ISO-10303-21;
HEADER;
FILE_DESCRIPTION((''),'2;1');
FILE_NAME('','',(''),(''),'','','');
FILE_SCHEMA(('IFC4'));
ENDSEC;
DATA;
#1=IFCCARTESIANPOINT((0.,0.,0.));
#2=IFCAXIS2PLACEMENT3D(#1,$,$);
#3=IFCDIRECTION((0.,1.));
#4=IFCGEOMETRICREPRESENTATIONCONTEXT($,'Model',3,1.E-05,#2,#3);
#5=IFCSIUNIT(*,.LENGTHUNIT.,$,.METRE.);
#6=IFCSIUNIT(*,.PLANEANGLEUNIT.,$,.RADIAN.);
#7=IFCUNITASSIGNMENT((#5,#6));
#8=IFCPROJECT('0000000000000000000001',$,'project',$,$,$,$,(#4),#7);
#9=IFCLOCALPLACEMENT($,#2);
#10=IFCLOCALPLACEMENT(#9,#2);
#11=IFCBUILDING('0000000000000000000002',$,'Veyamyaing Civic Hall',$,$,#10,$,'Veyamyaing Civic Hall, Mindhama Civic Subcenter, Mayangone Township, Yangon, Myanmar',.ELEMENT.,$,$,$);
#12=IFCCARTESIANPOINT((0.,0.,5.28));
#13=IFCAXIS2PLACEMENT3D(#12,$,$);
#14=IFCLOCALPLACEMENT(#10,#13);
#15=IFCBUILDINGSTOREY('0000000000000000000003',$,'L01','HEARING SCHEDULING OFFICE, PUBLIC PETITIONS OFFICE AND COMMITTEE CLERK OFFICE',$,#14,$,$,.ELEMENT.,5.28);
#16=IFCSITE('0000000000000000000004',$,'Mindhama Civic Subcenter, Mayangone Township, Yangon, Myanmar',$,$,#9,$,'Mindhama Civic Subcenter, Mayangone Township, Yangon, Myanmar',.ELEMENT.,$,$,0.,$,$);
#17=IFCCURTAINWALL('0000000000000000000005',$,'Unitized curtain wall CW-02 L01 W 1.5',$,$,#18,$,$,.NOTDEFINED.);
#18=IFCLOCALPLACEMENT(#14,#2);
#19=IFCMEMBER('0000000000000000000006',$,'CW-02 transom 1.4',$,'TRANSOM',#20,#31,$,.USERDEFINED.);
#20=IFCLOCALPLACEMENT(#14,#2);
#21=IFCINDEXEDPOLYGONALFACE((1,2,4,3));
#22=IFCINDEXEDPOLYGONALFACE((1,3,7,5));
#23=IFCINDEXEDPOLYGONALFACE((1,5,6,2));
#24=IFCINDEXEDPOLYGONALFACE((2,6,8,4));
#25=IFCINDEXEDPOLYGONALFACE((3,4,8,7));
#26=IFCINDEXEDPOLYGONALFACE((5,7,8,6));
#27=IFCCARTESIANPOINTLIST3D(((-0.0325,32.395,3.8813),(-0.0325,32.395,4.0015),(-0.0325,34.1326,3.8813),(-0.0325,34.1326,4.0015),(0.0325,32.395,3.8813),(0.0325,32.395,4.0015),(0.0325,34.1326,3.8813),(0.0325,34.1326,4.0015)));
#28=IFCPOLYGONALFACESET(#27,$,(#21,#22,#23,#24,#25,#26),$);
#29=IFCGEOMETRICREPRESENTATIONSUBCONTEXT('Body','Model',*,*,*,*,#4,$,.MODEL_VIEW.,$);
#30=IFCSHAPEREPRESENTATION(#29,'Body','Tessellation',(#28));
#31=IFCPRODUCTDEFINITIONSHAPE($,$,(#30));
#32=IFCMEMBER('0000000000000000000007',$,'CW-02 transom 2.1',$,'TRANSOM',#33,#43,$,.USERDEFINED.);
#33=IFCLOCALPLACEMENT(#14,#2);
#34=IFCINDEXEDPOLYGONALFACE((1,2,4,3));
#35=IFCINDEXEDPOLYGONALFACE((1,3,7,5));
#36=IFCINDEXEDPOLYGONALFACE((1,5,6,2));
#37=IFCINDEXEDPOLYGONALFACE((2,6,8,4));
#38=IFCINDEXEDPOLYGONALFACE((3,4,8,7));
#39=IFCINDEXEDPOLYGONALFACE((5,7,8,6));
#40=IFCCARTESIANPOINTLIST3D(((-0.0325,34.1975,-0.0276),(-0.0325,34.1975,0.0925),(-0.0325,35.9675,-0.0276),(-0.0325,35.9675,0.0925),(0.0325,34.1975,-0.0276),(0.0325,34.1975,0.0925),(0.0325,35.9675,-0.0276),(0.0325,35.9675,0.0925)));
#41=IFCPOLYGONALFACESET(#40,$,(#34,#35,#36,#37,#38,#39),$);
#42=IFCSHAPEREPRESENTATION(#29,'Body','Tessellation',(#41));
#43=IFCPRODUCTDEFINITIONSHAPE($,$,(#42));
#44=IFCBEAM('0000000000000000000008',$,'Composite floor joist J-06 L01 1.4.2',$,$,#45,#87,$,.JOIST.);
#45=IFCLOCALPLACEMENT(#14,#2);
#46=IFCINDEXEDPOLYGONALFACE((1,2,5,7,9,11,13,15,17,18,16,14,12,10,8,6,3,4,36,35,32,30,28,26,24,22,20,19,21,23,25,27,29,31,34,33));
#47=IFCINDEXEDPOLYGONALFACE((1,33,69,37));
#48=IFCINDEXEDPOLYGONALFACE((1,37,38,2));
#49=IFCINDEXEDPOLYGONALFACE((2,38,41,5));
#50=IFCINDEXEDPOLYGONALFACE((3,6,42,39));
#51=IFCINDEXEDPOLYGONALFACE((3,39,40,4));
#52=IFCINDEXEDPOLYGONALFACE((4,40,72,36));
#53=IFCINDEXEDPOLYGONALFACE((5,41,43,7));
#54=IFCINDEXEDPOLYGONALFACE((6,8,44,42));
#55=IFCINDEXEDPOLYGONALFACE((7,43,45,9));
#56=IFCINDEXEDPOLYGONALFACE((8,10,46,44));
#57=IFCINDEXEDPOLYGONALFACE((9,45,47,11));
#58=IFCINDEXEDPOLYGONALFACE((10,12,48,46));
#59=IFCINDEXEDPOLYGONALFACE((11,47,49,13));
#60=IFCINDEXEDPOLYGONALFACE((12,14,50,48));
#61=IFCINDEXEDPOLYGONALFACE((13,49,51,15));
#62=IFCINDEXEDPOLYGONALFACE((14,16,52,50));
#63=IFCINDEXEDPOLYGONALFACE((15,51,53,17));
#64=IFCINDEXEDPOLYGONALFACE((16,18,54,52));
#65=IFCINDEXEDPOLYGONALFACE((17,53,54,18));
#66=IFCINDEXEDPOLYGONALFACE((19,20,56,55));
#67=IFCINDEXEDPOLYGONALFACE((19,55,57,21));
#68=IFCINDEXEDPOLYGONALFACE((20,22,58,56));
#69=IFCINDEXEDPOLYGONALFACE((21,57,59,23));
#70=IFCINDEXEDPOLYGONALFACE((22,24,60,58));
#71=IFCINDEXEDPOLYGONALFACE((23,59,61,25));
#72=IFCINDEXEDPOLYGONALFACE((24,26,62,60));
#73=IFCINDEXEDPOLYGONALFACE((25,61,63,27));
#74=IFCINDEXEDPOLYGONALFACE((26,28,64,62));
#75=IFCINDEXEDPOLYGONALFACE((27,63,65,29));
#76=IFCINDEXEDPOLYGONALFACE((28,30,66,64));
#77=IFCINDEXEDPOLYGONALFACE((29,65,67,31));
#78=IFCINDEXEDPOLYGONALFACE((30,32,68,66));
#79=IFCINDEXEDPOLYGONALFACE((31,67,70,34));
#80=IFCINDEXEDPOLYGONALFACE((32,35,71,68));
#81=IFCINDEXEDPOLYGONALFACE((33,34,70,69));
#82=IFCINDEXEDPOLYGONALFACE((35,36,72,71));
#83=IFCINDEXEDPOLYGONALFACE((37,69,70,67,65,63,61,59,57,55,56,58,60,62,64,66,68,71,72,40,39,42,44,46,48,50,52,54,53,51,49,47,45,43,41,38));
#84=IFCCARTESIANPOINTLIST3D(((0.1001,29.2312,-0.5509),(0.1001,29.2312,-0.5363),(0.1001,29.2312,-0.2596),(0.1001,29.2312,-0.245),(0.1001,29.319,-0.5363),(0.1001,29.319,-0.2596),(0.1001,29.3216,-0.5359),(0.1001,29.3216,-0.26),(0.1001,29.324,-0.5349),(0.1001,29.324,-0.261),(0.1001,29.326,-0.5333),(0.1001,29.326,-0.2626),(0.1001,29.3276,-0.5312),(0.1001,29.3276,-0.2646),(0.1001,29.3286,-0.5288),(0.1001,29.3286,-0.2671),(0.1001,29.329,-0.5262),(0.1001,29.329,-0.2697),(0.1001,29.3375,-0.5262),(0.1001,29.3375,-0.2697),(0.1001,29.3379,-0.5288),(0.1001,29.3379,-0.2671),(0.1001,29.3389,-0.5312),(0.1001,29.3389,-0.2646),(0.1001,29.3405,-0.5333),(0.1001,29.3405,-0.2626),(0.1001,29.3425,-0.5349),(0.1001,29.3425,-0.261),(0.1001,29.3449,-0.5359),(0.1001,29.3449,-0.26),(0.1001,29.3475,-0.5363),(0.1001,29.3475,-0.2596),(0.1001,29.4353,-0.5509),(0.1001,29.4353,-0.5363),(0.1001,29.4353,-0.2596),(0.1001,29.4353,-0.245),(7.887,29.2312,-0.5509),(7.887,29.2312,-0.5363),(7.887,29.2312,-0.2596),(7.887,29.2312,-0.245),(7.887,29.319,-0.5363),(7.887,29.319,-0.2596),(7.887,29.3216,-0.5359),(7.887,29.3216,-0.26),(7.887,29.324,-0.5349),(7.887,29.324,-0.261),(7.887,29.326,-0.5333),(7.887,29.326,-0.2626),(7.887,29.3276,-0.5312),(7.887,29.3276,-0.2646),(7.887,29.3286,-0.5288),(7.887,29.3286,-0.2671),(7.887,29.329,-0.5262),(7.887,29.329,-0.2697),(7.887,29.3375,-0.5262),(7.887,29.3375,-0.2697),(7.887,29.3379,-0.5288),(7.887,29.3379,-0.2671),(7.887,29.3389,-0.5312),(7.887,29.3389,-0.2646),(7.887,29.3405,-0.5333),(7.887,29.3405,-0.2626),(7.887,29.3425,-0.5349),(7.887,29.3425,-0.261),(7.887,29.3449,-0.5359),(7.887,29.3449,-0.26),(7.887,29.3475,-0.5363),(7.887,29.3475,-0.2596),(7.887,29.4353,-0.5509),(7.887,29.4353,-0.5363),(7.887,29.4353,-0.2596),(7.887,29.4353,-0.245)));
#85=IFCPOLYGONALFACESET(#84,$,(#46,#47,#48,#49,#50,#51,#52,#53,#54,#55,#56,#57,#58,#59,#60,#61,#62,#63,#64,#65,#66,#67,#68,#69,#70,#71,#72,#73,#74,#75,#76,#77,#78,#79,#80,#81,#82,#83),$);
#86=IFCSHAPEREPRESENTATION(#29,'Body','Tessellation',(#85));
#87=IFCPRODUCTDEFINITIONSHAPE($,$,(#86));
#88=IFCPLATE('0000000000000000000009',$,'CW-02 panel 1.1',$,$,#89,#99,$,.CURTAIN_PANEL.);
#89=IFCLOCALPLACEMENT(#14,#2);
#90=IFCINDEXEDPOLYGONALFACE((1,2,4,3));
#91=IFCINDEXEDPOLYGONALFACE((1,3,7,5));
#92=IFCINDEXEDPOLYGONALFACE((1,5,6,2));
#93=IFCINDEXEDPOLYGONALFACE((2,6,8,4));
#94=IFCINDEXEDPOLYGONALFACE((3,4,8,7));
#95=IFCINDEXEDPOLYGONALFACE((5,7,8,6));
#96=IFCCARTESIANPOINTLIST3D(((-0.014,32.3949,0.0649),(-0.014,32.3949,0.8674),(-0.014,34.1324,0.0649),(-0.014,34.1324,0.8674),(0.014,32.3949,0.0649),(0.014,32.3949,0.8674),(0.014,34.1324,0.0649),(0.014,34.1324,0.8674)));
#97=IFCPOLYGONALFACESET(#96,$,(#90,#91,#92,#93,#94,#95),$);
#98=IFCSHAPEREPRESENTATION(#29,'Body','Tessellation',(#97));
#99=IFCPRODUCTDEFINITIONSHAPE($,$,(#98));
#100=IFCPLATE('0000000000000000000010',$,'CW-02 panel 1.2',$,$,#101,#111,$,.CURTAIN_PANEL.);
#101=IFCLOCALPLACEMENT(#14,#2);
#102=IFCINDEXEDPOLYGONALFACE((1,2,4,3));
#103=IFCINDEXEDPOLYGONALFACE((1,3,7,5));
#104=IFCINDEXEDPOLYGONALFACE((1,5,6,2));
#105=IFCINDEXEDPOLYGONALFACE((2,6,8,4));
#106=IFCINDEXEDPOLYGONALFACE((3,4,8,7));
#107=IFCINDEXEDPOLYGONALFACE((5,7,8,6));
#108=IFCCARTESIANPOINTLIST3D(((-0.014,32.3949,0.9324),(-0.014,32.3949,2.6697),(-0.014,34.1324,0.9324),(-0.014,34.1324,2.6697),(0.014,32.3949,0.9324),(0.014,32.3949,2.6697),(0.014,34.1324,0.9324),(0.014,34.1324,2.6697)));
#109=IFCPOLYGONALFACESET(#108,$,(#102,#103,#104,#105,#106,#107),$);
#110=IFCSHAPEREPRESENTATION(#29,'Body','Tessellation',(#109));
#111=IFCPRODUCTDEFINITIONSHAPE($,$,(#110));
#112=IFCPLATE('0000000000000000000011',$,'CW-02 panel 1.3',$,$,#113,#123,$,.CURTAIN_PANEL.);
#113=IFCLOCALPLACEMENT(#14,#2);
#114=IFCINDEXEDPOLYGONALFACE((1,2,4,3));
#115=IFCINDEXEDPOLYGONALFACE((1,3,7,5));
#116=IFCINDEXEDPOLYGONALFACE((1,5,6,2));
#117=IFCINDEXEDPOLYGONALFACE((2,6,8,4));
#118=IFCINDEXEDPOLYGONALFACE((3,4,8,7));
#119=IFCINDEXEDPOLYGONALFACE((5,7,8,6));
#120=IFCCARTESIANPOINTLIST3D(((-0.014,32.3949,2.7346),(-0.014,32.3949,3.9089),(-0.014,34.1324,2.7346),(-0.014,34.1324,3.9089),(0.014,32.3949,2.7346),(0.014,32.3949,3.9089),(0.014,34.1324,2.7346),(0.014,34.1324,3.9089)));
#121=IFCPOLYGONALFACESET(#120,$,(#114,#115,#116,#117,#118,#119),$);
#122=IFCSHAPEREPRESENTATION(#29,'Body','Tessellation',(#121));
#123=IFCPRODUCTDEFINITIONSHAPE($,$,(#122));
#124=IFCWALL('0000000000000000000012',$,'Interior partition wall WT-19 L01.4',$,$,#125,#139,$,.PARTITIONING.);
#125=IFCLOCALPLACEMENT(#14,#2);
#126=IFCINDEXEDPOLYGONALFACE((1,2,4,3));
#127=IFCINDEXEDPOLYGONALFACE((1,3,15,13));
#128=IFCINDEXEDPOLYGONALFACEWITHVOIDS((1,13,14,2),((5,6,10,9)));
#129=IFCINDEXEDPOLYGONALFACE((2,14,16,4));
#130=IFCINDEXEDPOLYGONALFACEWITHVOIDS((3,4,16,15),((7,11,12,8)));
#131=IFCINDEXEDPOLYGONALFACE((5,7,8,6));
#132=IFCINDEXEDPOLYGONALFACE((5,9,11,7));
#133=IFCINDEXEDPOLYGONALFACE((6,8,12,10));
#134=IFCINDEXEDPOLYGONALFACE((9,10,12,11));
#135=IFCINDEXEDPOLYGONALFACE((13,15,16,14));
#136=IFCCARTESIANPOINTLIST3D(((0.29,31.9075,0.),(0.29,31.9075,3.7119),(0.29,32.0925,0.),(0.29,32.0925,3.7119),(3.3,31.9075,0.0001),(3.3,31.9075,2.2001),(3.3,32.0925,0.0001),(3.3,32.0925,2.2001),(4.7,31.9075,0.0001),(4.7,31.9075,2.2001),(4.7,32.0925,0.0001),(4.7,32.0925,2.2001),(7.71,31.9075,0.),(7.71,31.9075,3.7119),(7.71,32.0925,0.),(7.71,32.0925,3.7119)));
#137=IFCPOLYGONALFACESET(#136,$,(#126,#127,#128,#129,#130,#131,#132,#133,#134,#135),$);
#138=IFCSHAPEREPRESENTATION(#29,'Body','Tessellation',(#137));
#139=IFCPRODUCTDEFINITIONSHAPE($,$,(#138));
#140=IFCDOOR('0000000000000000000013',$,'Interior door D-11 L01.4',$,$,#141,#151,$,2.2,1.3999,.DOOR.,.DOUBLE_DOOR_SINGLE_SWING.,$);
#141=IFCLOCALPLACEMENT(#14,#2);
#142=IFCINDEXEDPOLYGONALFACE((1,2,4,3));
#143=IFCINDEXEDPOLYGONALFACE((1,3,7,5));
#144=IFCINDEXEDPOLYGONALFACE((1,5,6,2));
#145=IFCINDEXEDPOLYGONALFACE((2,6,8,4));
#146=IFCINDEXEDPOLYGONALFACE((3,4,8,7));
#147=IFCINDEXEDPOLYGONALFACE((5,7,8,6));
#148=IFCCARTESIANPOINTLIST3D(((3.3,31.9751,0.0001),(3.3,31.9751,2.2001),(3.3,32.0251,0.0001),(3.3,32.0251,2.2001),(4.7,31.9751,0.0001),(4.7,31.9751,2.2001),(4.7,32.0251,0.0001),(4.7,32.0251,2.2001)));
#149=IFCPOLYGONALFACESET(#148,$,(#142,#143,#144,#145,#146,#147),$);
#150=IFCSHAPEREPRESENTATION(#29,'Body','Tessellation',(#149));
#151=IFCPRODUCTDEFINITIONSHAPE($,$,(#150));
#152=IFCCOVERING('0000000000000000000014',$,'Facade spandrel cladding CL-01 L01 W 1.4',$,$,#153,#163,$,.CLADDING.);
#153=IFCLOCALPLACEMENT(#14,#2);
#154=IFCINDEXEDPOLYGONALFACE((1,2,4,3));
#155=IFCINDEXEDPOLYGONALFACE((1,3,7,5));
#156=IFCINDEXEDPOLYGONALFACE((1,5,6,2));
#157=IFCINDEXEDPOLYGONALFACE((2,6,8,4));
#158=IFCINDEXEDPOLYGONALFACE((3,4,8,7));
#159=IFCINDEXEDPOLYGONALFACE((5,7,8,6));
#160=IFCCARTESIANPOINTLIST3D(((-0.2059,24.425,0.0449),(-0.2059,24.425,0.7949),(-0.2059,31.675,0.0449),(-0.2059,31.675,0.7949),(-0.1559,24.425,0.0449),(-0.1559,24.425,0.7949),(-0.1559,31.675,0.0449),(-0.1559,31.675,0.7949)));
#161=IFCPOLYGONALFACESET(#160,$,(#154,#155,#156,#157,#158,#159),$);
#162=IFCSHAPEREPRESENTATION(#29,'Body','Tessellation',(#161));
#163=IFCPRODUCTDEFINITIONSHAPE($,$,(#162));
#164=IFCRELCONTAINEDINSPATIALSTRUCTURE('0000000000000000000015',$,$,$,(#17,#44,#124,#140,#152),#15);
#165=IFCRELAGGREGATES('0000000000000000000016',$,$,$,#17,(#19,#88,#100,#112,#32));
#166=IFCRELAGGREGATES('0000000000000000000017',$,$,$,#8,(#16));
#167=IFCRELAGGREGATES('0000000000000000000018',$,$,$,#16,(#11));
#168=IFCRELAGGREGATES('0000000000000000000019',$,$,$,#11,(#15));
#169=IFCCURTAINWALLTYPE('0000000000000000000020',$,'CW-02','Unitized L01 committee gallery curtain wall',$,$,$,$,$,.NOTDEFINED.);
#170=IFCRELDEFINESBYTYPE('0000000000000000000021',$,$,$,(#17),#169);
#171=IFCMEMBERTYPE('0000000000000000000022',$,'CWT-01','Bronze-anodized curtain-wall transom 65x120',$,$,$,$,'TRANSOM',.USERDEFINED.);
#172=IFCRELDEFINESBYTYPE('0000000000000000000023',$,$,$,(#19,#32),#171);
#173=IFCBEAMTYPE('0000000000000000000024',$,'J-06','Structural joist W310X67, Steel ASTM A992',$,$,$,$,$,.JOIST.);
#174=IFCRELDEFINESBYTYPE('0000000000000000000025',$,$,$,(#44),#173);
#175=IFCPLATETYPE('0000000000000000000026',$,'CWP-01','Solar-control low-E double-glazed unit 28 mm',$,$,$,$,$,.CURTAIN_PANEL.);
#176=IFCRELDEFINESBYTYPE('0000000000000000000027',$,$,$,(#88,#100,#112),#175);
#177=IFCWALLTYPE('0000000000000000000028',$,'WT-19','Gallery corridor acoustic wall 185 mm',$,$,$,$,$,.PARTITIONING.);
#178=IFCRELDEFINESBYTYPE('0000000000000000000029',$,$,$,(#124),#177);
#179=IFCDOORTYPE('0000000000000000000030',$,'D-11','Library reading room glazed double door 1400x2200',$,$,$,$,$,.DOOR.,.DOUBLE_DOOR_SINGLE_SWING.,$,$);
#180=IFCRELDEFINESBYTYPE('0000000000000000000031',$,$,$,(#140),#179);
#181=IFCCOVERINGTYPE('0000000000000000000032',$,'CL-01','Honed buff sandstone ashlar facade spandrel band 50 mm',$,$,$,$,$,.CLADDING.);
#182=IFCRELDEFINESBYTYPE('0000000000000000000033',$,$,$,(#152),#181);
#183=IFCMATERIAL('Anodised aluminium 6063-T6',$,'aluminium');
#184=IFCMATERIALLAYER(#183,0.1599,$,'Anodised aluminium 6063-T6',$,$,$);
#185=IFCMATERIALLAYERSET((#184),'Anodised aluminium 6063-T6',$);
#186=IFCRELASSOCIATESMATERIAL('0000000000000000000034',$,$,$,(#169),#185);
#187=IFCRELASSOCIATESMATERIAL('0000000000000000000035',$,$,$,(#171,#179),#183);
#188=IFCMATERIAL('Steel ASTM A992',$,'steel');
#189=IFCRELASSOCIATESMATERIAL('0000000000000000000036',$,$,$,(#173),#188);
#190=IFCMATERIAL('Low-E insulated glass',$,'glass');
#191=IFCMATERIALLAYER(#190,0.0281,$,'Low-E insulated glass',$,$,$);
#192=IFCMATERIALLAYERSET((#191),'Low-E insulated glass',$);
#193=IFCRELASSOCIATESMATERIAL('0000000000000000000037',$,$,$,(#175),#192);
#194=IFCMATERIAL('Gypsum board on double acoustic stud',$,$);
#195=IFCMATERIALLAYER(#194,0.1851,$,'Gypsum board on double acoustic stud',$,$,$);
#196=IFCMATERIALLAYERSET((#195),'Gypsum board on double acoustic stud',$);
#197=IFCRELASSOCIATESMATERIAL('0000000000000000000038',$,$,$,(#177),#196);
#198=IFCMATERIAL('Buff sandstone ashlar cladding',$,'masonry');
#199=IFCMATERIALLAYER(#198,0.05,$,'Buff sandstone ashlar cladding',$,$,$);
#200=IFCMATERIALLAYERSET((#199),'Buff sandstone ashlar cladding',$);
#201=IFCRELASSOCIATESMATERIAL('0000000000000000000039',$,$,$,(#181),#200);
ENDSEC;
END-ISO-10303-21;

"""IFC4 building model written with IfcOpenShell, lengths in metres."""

from ifc_helpers import new_model, si_unit, direction, frame, frame_2d, origin, origin_2d, place, context, subcontext, project, spatial, rectangle, i_section, extrude, material, layer, layer_set, material_profile, profile_set, type_object, element, fill, aggregate, save


model = new_model("IFC4")

# Units and contexts
model_context = context("Model", 3, precision=1e-05, world=origin(), true_north=direction((0.0, 1.0)))
body_context = subcontext(model_context, "Body", "Model", "MODEL_VIEW")
ifc_project = project(units=[si_unit("LENGTHUNIT", "METRE"), si_unit("PLANEANGLEUNIT", "RADIAN")], contexts=[model_context])

# Site, building, storey
site_placement = place(None, origin())
site = spatial("IfcSite", under=ifc_project, at=site_placement, Name="Mindhama Civic Subcenter, Mayangone Township, Yangon, Myanmar", LongName="Mindhama Civic Subcenter, Mayangone Township, Yangon, Myanmar", CompositionType="ELEMENT", RefElevation=0.0)
building_placement = place(site_placement, origin())
building = spatial("IfcBuilding", under=site, at=building_placement, Name="Veyamyaing Civic Hall", LongName="Veyamyaing Civic Hall, Mindhama Civic Subcenter, Mayangone Township, Yangon, Myanmar", CompositionType="ELEMENT")
storey_placement = place(building_placement, frame((0.0, 0.0, 5.28)))
storey = spatial("IfcBuildingStorey", under=building, at=storey_placement, Name="L01", Description="HEARING SCHEDULING OFFICE, PUBLIC PETITIONS OFFICE AND COMMITTEE CLERK OFFICE", CompositionType="ELEMENT", Elevation=5.28)

# Shared definitions
ifc_material_1 = material(Name="Steel ASTM A992", Category="steel")

# Curtain wall, members
ifc_material_2 = material(Name="Anodised aluminium 6063-T6", Category="aluminium")
ifc_layer_1 = layer(ifc_material_2, 0.1599, Name="Anodised aluminium 6063-T6")
ifc_layer_set_1 = layer_set([ifc_layer_1], Name="Anodised aluminium 6063-T6")
curtain_wall_type = type_object("IfcCurtainWallType", Name="CW-02", Description="Unitized L01 committee gallery curtain wall", PredefinedType="NOTDEFINED", material=ifc_layer_set_1)
curtain_wall_placement = place(storey_placement, origin())
curtain_wall = element("IfcCurtainWall", 1, at=curtain_wall_placement, inside=storey, type_object=curtain_wall_type, Name="Unitized curtain wall CW-02 L01 W 1.5", PredefinedType="NOTDEFINED")
ifc_material_profile_1 = material_profile(ifc_material_2, rectangle(XDim=0.0649, YDim=0.1201, at=origin_2d()), Name="ALU-TRN-65X120")
ifc_profile_set_1 = profile_set([ifc_material_profile_1], Name="Anodised aluminium 6063-T6")
member_type_1 = type_object("IfcMemberType", Name="CWT-01", Description="Bronze-anodized curtain-wall transom 65x120", ElementType="TRANSOM", PredefinedType="USERDEFINED", material=ifc_profile_set_1)
member_1_placement = place(storey_placement, frame((0.0, 32.395, 3.9414), z_axis=(0.0, 1.0, 0.0), x_axis=(-1.0, 0.0, 0.0)))
member_1 = element("IfcMember", 2, at=member_1_placement, type_object=member_type_1, Name="CW-02 transom 1.4", ObjectType="TRANSOM", PredefinedType="USERDEFINED", context=body_context, shape_type="SweptSolid", body=[
    extrude(rectangle(XDim=0.0649, YDim=0.1201, at=origin_2d()), origin(), (0.0, 0.0, 1.0), 1.7375),
])
member_2_placement = place(storey_placement, frame((0.0, 34.1975, 0.0325), z_axis=(0.0, 1.0, 0.0), x_axis=(-1.0, 0.0, 0.0)))
member_2 = element("IfcMember", 3, at=member_2_placement, type_object=member_type_1, Name="CW-02 transom 2.1", ObjectType="TRANSOM", PredefinedType="USERDEFINED", context=body_context, shape_type="SweptSolid", body=[
    extrude(rectangle(XDim=0.0649, YDim=0.1201, at=origin_2d()), origin(), (0.0, 0.0, 1.0), 1.77),
])

# Beam
ifc_material_profile_2 = material_profile(ifc_material_1, i_section(OverallWidth=0.2041, OverallDepth=0.3059, WebThickness=0.0085, FlangeThickness=0.0146, FilletRadius=0.01, at=origin_2d()), Name="W310X67")
ifc_profile_set_2 = profile_set([ifc_material_profile_2], Name="Steel ASTM A992")
beam_type_1 = type_object("IfcBeamType", Name="J-06", Description="Structural joist W310X67, Steel ASTM A992", PredefinedType="JOIST", material=ifc_profile_set_2)
beam_1_placement = place(storey_placement, frame((0.1001, 29.3333, -0.3979), z_axis=(1.0, 0.0, 0.0), x_axis=(0.0, 1.0, 0.0)))
element("IfcBeam", 4, at=beam_1_placement, inside=storey, type_object=beam_type_1, Name="Composite floor joist J-06 L01 1.4.2", PredefinedType="JOIST", context=body_context, shape_type="SweptSolid", body=[
    extrude(i_section(OverallWidth=0.2041, OverallDepth=0.3059, WebThickness=0.0085, FlangeThickness=0.0146, FilletRadius=0.01, at=origin_2d()), origin(), (0.0, 0.0, 1.0), 7.7869),
])

# Plates
ifc_material_3 = material(Name="Low-E insulated glass", Category="glass")
ifc_layer_2 = layer(ifc_material_3, 0.0281, Name="Low-E insulated glass")
ifc_layer_set_2 = layer_set([ifc_layer_2], Name="Low-E insulated glass")
plate_type = type_object("IfcPlateType", Name="CWP-01", Description="Solar-control low-E double-glazed unit 28 mm", PredefinedType="CURTAIN_PANEL", material=ifc_layer_set_2)
plate_1_placement = place(storey_placement, frame((0.0, 33.2637, 0.0649), z_axis=(0.0, 0.0, 1.0), x_axis=(0.0, 1.0, 0.0)))
plate_1 = element("IfcPlate", 5, at=plate_1_placement, type_object=plate_type, Name="CW-02 panel 1.1", PredefinedType="CURTAIN_PANEL", context=body_context, shape_type="SweptSolid", body=[
    extrude(rectangle(XDim=1.7375, YDim=0.0281, at=origin_2d()), origin(), (0.0, 0.0, 1.0), 0.8025),
])
plate_2_placement = place(storey_placement, frame((0.0, 33.2637, 0.9324), z_axis=(0.0, 0.0, 1.0), x_axis=(0.0, 1.0, 0.0)))
plate_2 = element("IfcPlate", 6, at=plate_2_placement, type_object=plate_type, Name="CW-02 panel 1.2", PredefinedType="CURTAIN_PANEL", context=body_context, shape_type="SweptSolid", body=[
    extrude(rectangle(XDim=1.7375, YDim=0.0281, at=origin_2d()), origin(), (0.0, 0.0, 1.0), 1.7373),
])
plate_3_placement = place(storey_placement, frame((0.0, 33.2637, 2.7346), z_axis=(0.0, 0.0, 1.0), x_axis=(0.0, 1.0, 0.0)))
plate_3 = element("IfcPlate", 7, at=plate_3_placement, type_object=plate_type, Name="CW-02 panel 1.3", PredefinedType="CURTAIN_PANEL", context=body_context, shape_type="SweptSolid", body=[
    extrude(rectangle(XDim=1.7375, YDim=0.0281, at=origin_2d()), origin(), (0.0, 0.0, 1.0), 1.1743),
])
aggregate(curtain_wall, [member_1, plate_1, plate_2, plate_3, member_2])

# Wall, opening, door
ifc_material_4 = material(Name="Gypsum board on double acoustic stud")
ifc_layer_3 = layer(ifc_material_4, 0.1851, Name="Gypsum board on double acoustic stud")
ifc_layer_set_3 = layer_set([ifc_layer_3], Name="Gypsum board on double acoustic stud")
wall_type = type_object("IfcWallType", Name="WT-19", Description="Gallery corridor acoustic wall 185 mm", PredefinedType="PARTITIONING", material=ifc_layer_set_3)
wall_placement = place(storey_placement, frame((0.29, 32.0, 0.0), z_axis=(0.0, 0.0, 1.0), x_axis=(1.0, 0.0, 0.0)))
wall = element("IfcWall", 8, at=wall_placement, inside=storey, type_object=wall_type, Name="Interior partition wall WT-19 L01.4", PredefinedType="PARTITIONING", context=body_context, shape_type="SweptSolid", body=[
    extrude(rectangle(XDim=7.4199, YDim=0.1851, at=frame_2d((3.71, 0.0))), origin(), (0.0, 0.0, 1.0), 3.7119),
])
opening_placement = place(wall_placement, frame((3.01, 0.0, 0.0)))
opening = element("IfcOpeningElement", 9, at=opening_placement, cuts=wall, PredefinedType="OPENING", context=body_context, shape_type="SweptSolid", body=[
    extrude(rectangle(XDim=1.3999, YDim=2.2, at=frame_2d((0.7, 1.1001))), frame((0.0, 0.1025, 0.0), z_axis=(0.0, -1.0, 0.0), x_axis=(1.0, 0.0, 0.0)), (0.0, 0.0, 1.0), 0.2051),
])
door_type = type_object("IfcDoorType", Name="D-11", Description="Library reading room glazed double door 1400x2200", OperationType="DOUBLE_DOOR_SINGLE_SWING", PredefinedType="DOOR", material=ifc_material_2)
door_placement = place(opening_placement, frame((1.3999, 0.0, 0.0), z_axis=(0.0, 0.0, 1.0), x_axis=(-1.0, 0.0, 0.0)))
door = element("IfcDoor", 10, at=door_placement, inside=storey, type_object=door_type, Name="Interior door D-11 L01.4", OperationType="DOUBLE_DOOR_SINGLE_SWING", OverallHeight=2.2, OverallWidth=1.3999, PredefinedType="DOOR", context=body_context, shape_type="SweptSolid", body=[
    extrude(rectangle(XDim=1.3999, YDim=2.2, at=frame_2d((0.7, 1.1001))), frame((0.0, 0.0249, 0.0), z_axis=(0.0, -1.0, 0.0), x_axis=(1.0, 0.0, 0.0)), (0.0, 0.0, 1.0), 0.05),
])
fill(opening, door)

# Covering
ifc_material_5 = material(Name="Buff sandstone ashlar cladding", Category="masonry")
ifc_layer_4 = layer(ifc_material_5, 0.05, Name="Buff sandstone ashlar cladding")
ifc_layer_set_4 = layer_set([ifc_layer_4], Name="Buff sandstone ashlar cladding")
covering_type = type_object("IfcCoveringType", Name="CL-01", Description="Honed buff sandstone ashlar facade spandrel band 50 mm", PredefinedType="CLADDING", material=ifc_layer_set_4)
covering_placement = place(storey_placement, frame((-0.1809, 28.05, 0.0449), z_axis=(0.0, 0.0, 1.0), x_axis=(0.0, 1.0, 0.0)))
element("IfcCovering", 11, at=covering_placement, inside=storey, type_object=covering_type, Name="Facade spandrel cladding CL-01 L01 W 1.4", PredefinedType="CLADDING", context=body_context, shape_type="SweptSolid", body=[
    extrude(rectangle(XDim=7.25, YDim=0.05, at=origin_2d()), origin(), (0.0, 0.0, 1.0), 0.75),
])

save(model, "model.ifc")
